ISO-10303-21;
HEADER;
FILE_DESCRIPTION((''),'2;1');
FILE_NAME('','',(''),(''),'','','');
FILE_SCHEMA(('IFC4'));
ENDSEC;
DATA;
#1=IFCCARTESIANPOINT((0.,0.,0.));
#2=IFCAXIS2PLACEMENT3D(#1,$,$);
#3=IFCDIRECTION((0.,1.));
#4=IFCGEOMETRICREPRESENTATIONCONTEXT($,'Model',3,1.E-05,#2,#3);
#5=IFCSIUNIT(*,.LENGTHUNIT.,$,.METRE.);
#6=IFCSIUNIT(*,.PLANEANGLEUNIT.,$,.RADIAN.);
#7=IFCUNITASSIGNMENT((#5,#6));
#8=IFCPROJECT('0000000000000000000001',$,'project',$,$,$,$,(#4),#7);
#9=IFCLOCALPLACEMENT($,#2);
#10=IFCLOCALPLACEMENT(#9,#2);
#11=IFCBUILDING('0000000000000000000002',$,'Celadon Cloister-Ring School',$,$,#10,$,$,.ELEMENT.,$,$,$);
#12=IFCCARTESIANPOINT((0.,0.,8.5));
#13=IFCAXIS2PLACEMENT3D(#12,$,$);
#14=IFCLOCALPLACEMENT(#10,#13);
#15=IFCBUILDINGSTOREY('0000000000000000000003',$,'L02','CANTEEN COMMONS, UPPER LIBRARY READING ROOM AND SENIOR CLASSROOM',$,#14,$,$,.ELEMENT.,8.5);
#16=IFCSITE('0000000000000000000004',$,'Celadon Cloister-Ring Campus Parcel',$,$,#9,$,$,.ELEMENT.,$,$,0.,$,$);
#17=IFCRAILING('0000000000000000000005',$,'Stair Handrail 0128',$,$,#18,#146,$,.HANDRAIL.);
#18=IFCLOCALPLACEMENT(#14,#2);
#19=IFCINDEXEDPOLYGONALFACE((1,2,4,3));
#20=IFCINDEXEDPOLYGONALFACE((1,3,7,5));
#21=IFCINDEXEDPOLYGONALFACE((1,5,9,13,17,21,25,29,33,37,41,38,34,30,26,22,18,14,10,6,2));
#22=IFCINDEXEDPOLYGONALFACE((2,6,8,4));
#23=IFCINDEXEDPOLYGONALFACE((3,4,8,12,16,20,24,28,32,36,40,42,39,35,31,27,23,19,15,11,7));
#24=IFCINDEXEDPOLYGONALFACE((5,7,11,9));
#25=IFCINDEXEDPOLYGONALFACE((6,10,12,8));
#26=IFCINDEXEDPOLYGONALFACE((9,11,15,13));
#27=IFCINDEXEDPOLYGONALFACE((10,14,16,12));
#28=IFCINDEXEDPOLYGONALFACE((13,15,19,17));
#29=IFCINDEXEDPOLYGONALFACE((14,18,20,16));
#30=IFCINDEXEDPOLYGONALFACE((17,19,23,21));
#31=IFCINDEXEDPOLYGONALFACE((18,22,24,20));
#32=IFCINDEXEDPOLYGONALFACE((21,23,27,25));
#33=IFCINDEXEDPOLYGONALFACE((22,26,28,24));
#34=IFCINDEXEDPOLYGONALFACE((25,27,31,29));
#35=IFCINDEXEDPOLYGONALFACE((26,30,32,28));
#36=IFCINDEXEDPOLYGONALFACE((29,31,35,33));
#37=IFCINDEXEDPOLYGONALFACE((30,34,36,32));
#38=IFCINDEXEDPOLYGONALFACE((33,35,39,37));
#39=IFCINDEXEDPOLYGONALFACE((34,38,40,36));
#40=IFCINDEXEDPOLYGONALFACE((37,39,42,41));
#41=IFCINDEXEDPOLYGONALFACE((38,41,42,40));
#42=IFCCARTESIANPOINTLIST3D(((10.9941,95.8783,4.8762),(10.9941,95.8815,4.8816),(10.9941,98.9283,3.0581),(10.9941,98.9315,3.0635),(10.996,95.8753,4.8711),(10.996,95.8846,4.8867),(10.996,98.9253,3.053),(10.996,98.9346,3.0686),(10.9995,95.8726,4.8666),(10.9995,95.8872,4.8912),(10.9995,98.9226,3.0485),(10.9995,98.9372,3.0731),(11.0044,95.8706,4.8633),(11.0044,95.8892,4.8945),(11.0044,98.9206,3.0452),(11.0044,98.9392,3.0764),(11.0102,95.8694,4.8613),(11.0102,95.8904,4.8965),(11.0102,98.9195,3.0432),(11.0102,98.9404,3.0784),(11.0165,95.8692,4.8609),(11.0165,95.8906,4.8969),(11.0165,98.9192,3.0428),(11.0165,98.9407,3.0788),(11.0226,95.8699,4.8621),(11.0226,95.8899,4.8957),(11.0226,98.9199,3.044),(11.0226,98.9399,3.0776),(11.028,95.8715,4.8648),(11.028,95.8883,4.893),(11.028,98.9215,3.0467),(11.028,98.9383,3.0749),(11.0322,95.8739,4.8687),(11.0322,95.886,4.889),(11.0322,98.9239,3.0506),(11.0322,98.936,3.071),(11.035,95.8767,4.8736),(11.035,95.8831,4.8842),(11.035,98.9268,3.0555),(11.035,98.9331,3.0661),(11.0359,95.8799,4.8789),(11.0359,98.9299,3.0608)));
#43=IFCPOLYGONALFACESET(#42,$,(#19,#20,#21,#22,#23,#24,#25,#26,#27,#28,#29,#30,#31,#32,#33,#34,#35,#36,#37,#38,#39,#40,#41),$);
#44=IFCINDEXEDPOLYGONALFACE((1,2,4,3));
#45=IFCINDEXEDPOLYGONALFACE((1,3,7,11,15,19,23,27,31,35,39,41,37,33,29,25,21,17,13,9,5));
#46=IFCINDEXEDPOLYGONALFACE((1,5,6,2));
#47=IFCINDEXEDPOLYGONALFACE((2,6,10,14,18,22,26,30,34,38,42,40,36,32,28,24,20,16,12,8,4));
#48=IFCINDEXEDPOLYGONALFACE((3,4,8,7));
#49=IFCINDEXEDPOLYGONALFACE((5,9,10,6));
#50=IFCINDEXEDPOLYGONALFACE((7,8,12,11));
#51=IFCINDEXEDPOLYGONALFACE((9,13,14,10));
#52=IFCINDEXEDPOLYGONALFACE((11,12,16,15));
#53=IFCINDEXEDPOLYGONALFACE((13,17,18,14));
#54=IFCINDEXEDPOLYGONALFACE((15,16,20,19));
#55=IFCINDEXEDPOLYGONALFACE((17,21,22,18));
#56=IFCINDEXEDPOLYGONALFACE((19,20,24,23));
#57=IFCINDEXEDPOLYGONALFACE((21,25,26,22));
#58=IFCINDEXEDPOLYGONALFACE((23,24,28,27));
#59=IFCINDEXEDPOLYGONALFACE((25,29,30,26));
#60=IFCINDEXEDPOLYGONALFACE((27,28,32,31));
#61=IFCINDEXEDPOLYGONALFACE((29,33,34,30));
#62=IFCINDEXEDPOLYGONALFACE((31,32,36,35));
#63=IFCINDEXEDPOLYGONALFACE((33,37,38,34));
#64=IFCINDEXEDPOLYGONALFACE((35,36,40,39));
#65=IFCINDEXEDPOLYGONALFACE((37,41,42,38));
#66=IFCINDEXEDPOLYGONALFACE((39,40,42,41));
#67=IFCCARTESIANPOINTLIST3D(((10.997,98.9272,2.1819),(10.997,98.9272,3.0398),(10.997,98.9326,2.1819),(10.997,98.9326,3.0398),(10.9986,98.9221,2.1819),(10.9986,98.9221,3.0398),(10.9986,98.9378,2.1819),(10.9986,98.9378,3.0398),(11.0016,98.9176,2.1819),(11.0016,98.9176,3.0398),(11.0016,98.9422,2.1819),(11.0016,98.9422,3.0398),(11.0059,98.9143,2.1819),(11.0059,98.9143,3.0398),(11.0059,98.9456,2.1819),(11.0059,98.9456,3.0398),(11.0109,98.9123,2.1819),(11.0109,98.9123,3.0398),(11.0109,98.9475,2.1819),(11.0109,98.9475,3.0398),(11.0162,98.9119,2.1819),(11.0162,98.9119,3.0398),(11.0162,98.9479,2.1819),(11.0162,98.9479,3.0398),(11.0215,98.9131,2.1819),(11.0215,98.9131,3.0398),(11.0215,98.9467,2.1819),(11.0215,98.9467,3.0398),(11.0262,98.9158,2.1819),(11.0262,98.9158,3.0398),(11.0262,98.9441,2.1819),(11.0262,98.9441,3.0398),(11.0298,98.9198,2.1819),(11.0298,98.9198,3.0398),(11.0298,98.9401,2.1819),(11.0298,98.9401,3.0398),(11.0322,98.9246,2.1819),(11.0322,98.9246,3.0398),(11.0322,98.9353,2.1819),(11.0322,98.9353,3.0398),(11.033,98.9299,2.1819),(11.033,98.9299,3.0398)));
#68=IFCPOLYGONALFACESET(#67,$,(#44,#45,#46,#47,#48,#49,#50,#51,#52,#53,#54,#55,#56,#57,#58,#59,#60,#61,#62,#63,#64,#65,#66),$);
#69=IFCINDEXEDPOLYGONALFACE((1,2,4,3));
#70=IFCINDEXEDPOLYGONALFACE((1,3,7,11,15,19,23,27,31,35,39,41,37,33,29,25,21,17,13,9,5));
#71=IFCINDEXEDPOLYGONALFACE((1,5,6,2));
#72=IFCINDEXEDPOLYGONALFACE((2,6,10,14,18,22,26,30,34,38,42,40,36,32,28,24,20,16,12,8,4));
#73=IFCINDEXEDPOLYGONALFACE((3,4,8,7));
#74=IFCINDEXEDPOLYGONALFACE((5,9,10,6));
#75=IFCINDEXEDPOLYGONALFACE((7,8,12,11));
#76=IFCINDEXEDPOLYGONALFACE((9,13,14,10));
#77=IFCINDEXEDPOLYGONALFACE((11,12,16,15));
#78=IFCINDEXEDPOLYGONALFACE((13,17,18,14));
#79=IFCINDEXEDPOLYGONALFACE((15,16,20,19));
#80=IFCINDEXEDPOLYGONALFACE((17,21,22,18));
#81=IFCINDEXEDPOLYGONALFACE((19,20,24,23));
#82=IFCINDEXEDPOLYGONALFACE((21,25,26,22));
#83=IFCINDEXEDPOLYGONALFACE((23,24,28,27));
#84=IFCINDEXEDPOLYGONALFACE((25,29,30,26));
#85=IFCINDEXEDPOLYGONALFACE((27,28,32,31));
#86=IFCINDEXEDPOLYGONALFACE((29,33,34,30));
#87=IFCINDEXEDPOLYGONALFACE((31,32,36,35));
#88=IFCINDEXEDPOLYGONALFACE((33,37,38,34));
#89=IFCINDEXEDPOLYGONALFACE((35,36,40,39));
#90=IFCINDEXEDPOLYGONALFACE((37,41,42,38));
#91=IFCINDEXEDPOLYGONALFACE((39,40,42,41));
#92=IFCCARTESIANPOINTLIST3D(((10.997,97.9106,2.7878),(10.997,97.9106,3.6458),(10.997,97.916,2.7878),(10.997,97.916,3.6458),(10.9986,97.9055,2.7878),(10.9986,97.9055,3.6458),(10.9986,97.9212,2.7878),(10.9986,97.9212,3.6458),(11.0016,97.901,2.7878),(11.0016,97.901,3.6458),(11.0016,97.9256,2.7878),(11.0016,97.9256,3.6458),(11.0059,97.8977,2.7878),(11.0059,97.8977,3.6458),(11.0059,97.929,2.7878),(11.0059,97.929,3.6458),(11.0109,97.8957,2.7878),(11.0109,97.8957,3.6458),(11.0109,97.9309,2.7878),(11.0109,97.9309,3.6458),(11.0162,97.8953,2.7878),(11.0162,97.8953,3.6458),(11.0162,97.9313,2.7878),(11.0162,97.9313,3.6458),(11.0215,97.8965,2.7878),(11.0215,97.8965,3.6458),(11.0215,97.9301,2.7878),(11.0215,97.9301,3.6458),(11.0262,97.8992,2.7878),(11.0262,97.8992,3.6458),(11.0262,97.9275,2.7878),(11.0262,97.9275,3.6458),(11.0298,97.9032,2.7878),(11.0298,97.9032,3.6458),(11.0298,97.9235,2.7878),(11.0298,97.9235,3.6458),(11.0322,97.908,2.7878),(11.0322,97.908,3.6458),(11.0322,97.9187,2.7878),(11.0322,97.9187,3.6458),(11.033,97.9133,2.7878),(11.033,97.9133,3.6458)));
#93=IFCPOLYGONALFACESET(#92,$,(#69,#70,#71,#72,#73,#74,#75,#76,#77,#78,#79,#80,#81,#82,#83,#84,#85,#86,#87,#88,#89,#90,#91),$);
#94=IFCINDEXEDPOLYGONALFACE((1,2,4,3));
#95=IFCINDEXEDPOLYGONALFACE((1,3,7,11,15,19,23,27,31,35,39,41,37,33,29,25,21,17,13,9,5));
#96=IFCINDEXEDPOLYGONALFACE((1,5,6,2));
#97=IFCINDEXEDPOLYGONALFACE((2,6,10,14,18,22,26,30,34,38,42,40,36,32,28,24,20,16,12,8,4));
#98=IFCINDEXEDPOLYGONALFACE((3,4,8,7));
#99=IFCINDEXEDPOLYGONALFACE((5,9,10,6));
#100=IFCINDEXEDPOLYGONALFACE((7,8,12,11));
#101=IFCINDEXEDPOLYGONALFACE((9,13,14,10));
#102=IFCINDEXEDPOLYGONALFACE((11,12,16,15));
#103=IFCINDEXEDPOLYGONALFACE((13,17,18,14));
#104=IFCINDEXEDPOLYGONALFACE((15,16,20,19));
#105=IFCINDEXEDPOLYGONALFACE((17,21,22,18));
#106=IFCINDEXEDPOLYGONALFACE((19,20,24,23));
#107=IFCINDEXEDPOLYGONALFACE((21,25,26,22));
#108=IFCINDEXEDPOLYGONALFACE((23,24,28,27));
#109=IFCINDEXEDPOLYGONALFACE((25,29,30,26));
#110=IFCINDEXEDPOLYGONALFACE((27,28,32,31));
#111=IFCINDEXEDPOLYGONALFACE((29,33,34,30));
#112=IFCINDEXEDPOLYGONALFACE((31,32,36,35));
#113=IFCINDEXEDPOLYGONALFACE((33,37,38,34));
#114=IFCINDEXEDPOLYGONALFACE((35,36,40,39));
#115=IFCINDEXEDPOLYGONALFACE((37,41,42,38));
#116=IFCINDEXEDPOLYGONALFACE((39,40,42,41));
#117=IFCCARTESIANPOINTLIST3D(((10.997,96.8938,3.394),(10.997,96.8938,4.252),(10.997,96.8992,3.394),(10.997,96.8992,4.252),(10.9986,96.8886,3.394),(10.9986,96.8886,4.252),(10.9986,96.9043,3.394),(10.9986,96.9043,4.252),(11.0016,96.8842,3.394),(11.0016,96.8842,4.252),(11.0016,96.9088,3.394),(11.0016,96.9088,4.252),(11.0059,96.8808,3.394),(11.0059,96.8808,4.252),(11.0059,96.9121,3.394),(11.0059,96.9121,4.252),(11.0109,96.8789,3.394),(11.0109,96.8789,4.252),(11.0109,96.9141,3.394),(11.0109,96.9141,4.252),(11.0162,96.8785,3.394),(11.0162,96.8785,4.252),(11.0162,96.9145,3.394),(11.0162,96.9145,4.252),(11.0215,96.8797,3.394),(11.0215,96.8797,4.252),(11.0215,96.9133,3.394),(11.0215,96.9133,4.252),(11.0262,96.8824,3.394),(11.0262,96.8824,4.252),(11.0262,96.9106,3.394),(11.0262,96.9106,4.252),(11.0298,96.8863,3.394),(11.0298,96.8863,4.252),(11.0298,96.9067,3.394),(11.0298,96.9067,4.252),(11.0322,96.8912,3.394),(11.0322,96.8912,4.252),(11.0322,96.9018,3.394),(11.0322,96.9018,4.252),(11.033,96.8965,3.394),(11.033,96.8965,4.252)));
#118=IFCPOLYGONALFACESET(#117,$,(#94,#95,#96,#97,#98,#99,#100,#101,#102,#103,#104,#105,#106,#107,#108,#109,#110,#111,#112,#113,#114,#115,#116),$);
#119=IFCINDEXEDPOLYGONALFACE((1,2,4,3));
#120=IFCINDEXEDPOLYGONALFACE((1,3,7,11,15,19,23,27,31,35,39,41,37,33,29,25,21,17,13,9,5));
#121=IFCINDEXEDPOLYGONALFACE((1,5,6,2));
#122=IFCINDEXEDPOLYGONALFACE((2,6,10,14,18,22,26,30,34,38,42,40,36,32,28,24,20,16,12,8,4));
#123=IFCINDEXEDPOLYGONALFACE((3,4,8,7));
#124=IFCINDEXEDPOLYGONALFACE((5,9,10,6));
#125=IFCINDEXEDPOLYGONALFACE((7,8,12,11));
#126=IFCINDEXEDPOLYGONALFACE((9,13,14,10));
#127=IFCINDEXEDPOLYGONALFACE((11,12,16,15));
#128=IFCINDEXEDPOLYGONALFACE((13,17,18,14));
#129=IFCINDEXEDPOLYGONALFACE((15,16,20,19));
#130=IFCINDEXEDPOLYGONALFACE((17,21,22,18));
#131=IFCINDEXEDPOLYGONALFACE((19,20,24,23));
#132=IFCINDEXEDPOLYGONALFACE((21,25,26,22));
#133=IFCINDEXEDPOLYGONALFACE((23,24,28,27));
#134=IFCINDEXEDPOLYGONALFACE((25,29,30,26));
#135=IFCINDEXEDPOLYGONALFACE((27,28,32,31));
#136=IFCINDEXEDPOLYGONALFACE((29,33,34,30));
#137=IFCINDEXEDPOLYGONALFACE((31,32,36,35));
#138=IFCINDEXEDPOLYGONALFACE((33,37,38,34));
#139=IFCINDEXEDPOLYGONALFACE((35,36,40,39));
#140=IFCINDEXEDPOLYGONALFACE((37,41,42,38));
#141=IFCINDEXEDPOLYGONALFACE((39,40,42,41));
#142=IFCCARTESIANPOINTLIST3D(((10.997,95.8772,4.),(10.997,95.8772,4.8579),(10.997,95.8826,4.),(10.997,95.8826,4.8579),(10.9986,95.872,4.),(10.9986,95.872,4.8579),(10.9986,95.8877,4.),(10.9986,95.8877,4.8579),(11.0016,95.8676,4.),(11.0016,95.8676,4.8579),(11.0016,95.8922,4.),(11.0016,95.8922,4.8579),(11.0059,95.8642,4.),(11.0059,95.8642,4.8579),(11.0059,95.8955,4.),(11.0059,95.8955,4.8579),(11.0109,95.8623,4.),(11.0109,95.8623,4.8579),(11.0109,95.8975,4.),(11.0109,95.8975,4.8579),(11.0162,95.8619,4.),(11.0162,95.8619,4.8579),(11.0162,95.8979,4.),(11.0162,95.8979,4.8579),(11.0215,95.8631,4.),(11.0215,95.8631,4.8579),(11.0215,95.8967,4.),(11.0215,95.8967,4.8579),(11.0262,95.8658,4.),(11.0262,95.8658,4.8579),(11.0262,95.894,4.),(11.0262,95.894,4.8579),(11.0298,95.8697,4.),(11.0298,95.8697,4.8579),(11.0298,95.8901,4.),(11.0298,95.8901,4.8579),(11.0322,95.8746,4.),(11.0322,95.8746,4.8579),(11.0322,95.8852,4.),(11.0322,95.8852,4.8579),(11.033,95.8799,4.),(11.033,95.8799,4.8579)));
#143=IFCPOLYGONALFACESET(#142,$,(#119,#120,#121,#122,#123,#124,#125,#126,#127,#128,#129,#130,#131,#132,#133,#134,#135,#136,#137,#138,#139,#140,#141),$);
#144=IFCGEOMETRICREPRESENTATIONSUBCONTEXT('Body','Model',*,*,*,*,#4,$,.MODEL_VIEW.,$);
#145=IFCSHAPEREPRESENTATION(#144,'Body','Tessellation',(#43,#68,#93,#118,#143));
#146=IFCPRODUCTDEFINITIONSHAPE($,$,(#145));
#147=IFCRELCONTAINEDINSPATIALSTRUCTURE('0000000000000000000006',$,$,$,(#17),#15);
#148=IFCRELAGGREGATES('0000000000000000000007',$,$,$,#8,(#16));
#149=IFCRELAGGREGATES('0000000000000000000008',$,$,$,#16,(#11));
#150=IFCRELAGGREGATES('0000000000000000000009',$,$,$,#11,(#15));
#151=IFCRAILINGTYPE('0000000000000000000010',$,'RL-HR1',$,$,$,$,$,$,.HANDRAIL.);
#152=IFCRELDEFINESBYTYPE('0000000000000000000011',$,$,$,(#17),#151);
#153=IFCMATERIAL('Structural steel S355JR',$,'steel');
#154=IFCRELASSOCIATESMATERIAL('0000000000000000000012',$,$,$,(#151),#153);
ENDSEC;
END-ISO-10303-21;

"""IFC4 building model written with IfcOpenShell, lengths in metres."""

from ifc_helpers import new_model, si_unit, direction, frame, origin, origin_2d, place, context, subcontext, project, spatial, circle, extrude, material, type_object, element, save


model = new_model("IFC4")

# Units and contexts
model_context = context("Model", 3, precision=1e-05, world=origin(), true_north=direction((0.0, 1.0)))
body_context = subcontext(model_context, "Body", "Model", "MODEL_VIEW")
ifc_project = project(units=[si_unit("LENGTHUNIT", "METRE"), si_unit("PLANEANGLEUNIT", "RADIAN")], contexts=[model_context])

# Site, building, storey
site_placement = place(None, origin())
site = spatial("IfcSite", under=ifc_project, at=site_placement, Name="Celadon Cloister-Ring Campus Parcel", CompositionType="ELEMENT", RefElevation=0.0)
building_placement = place(site_placement, origin())
building = spatial("IfcBuilding", under=site, at=building_placement, Name="Celadon Cloister-Ring School", CompositionType="ELEMENT")
storey_placement = place(building_placement, frame((0.0, 0.0, 8.5)))
storey = spatial("IfcBuildingStorey", under=building, at=storey_placement, Name="L02", Description="CANTEEN COMMONS, UPPER LIBRARY READING ROOM AND SENIOR CLASSROOM", CompositionType="ELEMENT", Elevation=8.5)

# Railing
ifc_material_1 = material(Name="Structural steel S355JR", Category="steel")
railing_type_1 = type_object("IfcRailingType", Name="RL-HR1", PredefinedType="HANDRAIL", material=ifc_material_1)
for number, where, name in (
    (1, (11.0149, 98.9299, 2.1819), "Stair Handrail 0128"),
):
    element("IfcRailing", number, at=place(storey_placement, frame(where)), inside=storey, type_object=railing_type_1, Name=name, PredefinedType="HANDRAIL", context=body_context, shape_type="SweptSolid", body=[
        extrude(circle(Radius=0.021, at=origin_2d()), frame((0.0, 0.0, 0.8789), z_axis=(0.0, -0.85897, 0.512026), x_axis=(1.0, 0.0, 0.0)), (0.0, 0.0, 1.0), 3.5508),
        extrude(circle(Radius=0.0181, at=origin_2d()), origin(), (0.0, 0.0, 1.0), 0.8579),
        extrude(circle(Radius=0.0181, at=origin_2d()), frame((0.0, -1.0166, 0.606)), (0.0, 0.0, 1.0), 0.8579),
        extrude(circle(Radius=0.0181, at=origin_2d()), frame((0.0, -2.0334, 1.2122)), (0.0, 0.0, 1.0), 0.8579),
        extrude(circle(Radius=0.0181, at=origin_2d()), frame((0.0, -3.05, 1.8181)), (0.0, 0.0, 1.0), 0.8579),
    ])

save(model, "model.ifc")
